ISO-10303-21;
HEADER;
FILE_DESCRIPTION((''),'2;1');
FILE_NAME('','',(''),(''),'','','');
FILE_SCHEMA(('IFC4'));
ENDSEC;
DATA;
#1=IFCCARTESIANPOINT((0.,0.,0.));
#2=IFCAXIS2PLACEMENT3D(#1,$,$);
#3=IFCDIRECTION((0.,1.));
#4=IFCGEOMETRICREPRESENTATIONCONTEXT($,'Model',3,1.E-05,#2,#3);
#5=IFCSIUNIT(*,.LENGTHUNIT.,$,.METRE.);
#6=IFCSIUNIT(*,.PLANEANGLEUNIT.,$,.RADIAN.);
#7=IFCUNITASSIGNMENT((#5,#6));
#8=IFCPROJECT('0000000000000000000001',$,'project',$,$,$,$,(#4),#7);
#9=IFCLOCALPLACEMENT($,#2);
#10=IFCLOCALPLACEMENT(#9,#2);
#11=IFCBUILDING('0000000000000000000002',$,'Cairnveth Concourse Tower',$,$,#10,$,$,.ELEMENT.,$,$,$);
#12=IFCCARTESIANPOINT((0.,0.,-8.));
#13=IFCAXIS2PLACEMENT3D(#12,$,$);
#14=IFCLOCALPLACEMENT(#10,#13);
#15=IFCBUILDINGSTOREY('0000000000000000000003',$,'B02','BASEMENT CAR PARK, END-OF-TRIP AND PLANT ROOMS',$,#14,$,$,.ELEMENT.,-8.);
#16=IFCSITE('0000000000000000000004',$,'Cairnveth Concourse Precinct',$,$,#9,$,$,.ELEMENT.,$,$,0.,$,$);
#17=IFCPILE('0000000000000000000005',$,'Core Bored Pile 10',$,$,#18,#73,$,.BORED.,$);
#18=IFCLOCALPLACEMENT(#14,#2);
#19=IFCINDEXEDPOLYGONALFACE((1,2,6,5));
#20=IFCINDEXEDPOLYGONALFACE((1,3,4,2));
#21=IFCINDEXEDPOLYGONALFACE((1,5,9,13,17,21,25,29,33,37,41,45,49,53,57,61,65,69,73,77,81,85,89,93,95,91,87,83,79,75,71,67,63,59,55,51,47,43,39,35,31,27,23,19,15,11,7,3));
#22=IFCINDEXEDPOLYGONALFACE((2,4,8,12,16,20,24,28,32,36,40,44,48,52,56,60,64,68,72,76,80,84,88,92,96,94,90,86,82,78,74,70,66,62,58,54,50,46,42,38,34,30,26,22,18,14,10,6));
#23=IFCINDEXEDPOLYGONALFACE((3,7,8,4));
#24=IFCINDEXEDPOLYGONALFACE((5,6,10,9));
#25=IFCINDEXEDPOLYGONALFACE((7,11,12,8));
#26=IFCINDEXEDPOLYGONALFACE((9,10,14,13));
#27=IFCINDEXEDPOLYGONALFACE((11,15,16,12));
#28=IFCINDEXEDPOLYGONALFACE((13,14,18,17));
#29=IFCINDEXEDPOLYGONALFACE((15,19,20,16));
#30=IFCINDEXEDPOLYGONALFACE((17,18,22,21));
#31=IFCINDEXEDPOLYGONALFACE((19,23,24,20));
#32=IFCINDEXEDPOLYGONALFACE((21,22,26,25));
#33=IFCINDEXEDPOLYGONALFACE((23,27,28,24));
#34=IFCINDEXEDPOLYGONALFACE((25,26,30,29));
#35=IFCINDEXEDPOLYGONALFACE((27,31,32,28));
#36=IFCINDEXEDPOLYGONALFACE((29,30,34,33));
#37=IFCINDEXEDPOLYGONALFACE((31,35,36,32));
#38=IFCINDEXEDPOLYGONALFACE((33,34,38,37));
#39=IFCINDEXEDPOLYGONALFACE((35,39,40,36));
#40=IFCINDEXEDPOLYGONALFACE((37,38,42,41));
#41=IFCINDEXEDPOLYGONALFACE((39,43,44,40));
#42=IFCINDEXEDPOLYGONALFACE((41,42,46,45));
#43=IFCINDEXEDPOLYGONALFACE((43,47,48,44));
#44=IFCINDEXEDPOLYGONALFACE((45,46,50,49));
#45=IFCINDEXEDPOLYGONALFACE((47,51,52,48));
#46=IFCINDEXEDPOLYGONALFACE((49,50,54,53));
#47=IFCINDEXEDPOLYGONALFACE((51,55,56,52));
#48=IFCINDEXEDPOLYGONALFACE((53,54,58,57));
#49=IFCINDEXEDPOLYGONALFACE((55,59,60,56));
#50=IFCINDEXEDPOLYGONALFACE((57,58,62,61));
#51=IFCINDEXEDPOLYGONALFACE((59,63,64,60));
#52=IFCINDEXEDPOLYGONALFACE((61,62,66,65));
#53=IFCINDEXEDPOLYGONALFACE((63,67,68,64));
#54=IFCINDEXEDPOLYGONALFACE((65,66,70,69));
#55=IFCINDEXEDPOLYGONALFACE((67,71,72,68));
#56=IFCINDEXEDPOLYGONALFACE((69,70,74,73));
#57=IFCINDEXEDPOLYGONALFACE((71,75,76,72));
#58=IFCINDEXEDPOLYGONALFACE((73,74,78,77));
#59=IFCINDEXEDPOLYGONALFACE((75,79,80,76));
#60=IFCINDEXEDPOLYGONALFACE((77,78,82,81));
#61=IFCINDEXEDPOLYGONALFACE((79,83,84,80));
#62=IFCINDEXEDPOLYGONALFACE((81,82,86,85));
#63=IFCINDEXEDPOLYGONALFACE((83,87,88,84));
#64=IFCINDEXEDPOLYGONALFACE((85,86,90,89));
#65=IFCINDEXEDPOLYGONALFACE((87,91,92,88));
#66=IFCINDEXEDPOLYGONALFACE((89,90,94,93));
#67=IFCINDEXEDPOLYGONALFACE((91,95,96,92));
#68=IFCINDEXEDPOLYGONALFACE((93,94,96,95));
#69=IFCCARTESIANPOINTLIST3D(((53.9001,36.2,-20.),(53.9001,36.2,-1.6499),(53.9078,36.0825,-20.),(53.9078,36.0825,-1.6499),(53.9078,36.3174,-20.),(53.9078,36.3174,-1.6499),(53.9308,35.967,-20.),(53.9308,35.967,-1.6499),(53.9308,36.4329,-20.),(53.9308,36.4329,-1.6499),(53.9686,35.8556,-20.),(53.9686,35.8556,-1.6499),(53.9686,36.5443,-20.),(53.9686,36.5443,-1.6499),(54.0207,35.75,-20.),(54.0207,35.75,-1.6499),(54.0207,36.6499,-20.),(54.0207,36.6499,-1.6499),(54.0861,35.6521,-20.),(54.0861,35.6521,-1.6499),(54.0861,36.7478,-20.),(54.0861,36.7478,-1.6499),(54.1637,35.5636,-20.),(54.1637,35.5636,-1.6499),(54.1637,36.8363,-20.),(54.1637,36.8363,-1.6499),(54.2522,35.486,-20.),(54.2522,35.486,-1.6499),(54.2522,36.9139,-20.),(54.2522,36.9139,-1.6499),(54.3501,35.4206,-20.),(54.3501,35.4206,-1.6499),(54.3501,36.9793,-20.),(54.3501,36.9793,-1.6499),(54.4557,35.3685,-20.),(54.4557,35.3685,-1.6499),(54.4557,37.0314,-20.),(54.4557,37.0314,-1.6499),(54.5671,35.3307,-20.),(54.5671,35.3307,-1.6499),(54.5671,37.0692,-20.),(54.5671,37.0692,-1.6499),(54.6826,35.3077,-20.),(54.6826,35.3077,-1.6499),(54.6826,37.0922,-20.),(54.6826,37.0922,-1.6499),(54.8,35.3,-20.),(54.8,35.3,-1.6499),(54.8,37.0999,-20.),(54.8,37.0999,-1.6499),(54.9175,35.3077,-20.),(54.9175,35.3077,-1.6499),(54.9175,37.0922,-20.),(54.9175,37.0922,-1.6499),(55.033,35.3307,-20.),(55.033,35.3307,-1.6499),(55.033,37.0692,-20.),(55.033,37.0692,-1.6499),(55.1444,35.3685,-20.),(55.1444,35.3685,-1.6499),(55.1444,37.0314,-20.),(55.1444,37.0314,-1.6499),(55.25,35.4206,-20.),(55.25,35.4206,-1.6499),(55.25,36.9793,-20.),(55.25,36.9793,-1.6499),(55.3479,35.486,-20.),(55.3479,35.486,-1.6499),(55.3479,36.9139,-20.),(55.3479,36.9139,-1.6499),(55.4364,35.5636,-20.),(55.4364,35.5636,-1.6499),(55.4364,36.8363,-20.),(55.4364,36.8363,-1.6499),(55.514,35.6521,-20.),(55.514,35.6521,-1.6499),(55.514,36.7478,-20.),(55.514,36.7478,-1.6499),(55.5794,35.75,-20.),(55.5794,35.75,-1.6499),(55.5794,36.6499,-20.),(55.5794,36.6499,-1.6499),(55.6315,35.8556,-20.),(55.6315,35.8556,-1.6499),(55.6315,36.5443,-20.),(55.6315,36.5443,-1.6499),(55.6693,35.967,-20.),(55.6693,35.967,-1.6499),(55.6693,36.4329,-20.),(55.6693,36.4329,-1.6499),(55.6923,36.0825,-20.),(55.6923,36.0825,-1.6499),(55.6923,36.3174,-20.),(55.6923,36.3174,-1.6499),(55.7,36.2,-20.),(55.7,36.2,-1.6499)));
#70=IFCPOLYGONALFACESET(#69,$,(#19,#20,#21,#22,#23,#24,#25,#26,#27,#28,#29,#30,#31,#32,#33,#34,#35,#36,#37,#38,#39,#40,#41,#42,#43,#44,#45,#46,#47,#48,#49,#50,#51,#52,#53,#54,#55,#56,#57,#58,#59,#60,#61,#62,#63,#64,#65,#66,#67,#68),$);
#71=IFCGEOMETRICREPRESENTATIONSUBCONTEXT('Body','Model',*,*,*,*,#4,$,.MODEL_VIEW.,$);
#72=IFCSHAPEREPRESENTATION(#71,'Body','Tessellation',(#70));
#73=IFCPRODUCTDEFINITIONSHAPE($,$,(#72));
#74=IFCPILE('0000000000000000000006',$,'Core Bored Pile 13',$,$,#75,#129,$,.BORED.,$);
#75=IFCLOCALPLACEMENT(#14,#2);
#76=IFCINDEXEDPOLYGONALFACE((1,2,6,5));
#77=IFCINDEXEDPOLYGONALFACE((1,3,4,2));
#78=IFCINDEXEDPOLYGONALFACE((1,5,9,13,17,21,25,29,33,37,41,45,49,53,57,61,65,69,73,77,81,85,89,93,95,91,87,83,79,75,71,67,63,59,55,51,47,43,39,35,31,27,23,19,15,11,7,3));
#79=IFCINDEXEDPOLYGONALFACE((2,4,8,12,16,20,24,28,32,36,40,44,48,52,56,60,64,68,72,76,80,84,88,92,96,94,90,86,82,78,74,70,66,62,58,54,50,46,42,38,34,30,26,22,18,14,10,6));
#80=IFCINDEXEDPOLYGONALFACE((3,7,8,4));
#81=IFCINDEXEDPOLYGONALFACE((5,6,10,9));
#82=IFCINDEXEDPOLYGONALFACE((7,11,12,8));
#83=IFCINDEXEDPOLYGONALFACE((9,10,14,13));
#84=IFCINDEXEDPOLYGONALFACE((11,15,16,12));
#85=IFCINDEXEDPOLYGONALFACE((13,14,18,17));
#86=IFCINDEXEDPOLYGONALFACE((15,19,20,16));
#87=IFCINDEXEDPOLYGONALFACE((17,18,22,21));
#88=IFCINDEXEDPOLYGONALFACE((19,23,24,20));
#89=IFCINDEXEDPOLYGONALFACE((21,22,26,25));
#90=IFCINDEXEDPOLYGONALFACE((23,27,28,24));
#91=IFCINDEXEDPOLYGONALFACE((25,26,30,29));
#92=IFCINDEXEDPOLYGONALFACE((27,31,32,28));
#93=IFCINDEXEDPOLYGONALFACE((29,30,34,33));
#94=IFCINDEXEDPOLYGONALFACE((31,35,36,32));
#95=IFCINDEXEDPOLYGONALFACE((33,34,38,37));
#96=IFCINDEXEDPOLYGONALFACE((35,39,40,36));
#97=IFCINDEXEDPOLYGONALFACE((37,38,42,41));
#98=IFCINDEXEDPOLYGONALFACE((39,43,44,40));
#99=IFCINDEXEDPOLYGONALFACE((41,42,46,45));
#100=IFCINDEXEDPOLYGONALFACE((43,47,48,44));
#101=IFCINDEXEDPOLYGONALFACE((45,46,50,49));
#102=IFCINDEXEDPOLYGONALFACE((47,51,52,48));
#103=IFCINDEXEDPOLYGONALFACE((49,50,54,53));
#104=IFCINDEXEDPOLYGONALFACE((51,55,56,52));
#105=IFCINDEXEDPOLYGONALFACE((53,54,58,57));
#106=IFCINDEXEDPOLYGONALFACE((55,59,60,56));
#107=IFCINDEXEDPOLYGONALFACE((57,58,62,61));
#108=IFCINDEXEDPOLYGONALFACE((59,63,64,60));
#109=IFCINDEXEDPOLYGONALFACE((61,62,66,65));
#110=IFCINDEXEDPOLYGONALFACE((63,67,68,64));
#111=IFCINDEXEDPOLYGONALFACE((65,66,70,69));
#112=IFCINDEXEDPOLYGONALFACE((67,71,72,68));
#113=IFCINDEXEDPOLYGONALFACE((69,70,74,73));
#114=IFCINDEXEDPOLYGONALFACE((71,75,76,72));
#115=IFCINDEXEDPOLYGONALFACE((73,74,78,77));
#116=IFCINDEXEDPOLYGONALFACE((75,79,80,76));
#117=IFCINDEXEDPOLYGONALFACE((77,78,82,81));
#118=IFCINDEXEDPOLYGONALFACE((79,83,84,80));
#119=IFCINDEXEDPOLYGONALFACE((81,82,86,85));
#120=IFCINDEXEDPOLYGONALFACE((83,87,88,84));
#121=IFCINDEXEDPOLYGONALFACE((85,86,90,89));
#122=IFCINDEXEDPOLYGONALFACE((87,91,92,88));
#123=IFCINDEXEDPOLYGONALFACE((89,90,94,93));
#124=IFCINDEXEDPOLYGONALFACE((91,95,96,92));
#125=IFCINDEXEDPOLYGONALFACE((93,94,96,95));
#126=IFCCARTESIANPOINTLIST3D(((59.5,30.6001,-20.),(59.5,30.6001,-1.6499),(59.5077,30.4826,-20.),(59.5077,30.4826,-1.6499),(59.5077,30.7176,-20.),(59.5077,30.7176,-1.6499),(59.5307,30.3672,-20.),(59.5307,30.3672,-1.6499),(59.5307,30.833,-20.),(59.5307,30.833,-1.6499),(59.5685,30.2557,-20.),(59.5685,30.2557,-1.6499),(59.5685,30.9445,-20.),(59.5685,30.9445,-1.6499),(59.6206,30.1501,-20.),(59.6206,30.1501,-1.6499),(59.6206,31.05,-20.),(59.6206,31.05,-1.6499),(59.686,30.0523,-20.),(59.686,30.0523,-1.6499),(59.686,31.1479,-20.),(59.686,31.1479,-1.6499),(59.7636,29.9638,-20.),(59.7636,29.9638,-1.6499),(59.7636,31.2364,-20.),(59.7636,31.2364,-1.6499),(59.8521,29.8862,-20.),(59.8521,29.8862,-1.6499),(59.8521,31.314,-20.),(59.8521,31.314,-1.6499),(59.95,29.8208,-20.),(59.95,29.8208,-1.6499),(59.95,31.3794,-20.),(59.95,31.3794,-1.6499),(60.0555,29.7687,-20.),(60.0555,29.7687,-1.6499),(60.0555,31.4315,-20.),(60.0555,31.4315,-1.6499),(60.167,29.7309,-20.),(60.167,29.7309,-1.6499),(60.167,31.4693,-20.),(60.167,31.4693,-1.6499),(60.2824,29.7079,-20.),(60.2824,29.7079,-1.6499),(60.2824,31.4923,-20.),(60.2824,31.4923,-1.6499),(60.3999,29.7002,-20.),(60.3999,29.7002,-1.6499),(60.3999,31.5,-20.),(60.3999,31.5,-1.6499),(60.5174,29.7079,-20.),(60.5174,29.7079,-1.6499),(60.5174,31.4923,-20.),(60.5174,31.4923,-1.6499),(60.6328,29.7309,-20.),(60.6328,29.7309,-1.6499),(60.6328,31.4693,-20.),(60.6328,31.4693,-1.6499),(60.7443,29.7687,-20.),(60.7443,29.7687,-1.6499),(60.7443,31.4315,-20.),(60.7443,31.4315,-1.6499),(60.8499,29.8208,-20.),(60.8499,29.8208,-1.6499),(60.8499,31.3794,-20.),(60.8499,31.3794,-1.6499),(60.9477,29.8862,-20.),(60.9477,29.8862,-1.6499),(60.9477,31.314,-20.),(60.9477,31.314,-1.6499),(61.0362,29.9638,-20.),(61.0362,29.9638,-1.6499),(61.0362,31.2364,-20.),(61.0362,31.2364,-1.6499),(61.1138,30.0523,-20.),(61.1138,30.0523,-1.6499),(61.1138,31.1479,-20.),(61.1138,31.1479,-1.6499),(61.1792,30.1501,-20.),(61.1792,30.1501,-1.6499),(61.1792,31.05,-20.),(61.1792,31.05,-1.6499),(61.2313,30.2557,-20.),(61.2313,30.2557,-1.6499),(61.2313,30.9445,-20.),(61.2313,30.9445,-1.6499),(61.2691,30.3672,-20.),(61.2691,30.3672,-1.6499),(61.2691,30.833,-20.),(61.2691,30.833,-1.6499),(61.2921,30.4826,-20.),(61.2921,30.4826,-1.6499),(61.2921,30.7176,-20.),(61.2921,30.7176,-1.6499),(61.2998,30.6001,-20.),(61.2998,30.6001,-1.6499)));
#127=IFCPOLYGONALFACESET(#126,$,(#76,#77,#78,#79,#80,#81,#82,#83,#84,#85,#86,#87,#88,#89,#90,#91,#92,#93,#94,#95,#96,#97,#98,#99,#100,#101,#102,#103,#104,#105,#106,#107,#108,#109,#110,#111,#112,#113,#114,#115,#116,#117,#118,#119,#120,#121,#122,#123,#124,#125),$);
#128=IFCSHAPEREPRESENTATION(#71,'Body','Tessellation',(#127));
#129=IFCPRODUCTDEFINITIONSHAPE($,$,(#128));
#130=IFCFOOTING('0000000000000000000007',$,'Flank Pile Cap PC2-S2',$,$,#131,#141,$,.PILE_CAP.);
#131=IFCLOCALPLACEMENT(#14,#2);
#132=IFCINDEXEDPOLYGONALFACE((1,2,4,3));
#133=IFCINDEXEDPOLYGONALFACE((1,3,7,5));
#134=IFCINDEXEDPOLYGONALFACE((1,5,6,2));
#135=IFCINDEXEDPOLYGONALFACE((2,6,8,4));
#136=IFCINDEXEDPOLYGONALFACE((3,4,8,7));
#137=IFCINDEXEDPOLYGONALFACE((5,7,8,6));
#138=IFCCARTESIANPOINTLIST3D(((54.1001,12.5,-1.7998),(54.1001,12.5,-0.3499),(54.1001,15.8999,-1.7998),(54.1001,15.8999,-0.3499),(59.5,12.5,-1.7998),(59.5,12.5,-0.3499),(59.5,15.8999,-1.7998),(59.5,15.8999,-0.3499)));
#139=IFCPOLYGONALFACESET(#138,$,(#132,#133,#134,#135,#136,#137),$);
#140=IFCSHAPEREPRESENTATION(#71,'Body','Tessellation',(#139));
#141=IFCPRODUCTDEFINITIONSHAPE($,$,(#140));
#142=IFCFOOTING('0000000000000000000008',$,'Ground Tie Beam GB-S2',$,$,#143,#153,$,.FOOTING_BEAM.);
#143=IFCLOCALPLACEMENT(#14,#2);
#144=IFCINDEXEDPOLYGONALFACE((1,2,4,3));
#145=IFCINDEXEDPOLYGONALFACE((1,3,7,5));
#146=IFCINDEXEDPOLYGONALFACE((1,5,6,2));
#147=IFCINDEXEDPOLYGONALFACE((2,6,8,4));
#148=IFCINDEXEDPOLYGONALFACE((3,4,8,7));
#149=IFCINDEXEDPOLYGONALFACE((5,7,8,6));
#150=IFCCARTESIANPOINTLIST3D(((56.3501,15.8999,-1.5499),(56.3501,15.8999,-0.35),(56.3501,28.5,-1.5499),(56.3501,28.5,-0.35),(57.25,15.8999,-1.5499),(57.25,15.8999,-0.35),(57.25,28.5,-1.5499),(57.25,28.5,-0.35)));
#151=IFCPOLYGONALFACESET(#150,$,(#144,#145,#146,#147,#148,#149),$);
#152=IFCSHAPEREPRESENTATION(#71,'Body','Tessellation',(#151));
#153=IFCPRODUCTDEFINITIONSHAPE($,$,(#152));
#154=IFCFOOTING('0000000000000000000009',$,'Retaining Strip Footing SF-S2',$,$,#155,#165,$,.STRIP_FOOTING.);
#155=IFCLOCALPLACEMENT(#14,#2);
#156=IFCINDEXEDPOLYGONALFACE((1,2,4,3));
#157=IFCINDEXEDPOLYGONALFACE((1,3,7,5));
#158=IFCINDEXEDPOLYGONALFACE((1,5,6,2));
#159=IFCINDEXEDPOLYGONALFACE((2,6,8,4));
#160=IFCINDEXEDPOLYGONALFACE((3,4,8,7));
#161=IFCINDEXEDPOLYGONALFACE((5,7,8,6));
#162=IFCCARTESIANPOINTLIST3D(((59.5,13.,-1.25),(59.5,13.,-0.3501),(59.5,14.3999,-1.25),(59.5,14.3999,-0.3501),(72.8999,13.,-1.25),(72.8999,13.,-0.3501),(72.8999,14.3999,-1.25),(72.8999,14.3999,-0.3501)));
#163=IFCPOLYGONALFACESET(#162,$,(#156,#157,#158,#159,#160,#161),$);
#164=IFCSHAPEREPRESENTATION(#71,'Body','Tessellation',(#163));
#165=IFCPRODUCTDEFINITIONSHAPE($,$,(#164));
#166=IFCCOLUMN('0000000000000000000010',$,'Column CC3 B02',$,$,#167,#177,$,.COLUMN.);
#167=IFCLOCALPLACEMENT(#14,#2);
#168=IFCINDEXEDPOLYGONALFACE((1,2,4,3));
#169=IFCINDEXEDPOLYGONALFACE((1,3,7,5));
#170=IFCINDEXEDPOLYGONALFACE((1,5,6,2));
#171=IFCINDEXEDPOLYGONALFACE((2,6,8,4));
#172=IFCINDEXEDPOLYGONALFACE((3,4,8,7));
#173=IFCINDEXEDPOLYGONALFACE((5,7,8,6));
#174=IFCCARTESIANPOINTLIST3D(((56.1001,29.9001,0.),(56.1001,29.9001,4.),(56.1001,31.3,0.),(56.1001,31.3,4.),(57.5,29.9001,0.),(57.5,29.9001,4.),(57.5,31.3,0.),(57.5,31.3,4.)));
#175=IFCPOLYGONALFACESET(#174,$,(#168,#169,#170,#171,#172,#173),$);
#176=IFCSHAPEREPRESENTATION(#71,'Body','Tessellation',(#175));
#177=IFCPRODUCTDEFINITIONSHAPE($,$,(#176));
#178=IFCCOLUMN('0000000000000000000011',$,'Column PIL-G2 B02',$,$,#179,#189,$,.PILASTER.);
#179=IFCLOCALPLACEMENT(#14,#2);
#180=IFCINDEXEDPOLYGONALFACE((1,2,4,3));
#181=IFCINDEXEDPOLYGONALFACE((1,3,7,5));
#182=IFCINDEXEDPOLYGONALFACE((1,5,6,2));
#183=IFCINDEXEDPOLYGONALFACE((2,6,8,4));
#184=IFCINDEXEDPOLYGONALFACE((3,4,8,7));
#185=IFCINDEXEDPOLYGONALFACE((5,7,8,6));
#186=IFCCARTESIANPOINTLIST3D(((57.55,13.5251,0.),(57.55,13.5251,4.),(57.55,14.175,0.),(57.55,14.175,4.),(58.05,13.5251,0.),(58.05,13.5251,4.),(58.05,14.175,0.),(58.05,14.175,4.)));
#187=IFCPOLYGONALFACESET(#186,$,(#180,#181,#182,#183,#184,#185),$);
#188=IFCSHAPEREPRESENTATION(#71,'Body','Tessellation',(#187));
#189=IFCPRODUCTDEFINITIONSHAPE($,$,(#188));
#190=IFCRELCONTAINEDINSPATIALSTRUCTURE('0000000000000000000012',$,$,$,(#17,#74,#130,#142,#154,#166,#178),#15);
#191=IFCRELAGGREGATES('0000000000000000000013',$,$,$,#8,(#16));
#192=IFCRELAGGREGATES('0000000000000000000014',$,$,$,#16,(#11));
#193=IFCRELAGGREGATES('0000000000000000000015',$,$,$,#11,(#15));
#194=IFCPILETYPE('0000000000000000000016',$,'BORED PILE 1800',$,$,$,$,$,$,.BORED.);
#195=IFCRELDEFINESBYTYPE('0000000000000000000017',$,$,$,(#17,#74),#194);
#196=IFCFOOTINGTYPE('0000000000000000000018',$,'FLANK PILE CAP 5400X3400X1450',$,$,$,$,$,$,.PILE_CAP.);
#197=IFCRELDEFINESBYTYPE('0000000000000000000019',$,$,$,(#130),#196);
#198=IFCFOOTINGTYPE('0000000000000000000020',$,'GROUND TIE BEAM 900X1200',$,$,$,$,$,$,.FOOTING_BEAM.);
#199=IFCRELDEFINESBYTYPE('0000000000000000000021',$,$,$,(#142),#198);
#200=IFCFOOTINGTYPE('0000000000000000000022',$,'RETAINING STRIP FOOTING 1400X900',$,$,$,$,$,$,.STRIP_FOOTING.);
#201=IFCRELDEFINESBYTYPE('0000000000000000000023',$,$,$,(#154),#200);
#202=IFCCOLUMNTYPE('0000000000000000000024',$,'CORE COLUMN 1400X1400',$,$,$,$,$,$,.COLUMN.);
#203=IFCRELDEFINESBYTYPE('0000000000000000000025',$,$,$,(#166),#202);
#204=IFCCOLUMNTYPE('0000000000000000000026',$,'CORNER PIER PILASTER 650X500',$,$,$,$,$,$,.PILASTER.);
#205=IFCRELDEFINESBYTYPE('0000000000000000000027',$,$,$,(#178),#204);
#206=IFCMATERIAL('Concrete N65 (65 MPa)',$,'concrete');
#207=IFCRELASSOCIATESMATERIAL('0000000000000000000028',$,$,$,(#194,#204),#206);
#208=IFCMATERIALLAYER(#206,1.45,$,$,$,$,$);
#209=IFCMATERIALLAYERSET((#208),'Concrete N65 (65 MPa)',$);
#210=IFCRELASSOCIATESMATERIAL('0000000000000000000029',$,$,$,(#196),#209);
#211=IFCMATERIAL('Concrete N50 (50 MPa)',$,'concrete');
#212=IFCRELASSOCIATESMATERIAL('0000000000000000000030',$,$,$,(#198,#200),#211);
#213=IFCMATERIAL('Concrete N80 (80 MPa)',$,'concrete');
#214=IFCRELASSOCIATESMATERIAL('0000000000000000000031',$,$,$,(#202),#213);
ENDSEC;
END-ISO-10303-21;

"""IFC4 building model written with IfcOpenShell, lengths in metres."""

from ifc_helpers import new_model, si_unit, direction, frame, origin, origin_2d, place, context, subcontext, project, spatial, rectangle, circle, extrude, material, layer, layer_set, material_profile, profile_set, type_object, element, save


model = new_model("IFC4")

# Units and contexts
model_context = context("Model", 3, precision=1e-05, world=origin(), true_north=direction((0.0, 1.0)))
body_context = subcontext(model_context, "Body", "Model", "MODEL_VIEW")
ifc_project = project(units=[si_unit("LENGTHUNIT", "METRE"), si_unit("PLANEANGLEUNIT", "RADIAN")], contexts=[model_context])

# Site, building, storey
site_placement = place(None, origin())
site = spatial("IfcSite", under=ifc_project, at=site_placement, Name="Cairnveth Concourse Precinct", CompositionType="ELEMENT", RefElevation=0.0)
building_placement = place(site_placement, origin())
building = spatial("IfcBuilding", under=site, at=building_placement, Name="Cairnveth Concourse Tower", CompositionType="ELEMENT")
storey_placement = place(building_placement, frame((0.0, 0.0, -8.0)))
storey = spatial("IfcBuildingStorey", under=building, at=storey_placement, Name="B02", Description="BASEMENT CAR PARK, END-OF-TRIP AND PLANT ROOMS", CompositionType="ELEMENT", Elevation=-8.0)

# Piles
ifc_material_1 = material(Name="Concrete N50 (50 MPa)", Category="concrete")
ifc_material_2 = material(Name="Concrete N65 (65 MPa)", Category="concrete")
ifc_material_profile_1 = material_profile(ifc_material_2, circle(Radius=0.8999, at=origin_2d()), Name="PILE-1800")
ifc_profile_set_1 = profile_set([ifc_material_profile_1], Name="Concrete N65 (65 MPa)")
pile_type_1 = type_object("IfcPileType", Name="BORED PILE 1800", PredefinedType="BORED", material=ifc_profile_set_1)
for number, where, z_axis, x_axis, name in (
    (1, (54.8, 36.2, -1.6499), (0.0, 0.0, -1.0), (1.0, 0.0, 0.0), "Core Bored Pile 10"),
    (2, (60.3999, 30.6001, -1.6499), (0.0, 0.0, -1.0), (1.0, 0.0, 0.0), "Core Bored Pile 13"),
):
    element("IfcPile", number, at=place(storey_placement, frame(where, z_axis=z_axis, x_axis=x_axis)), inside=storey, type_object=pile_type_1, Name=name, PredefinedType="BORED", context=body_context, shape_type="SweptSolid", body=[
        extrude(circle(Radius=0.8999, at=origin_2d()), origin(), (0.0, 0.0, 1.0), 18.3501),
    ])

# Footings
ifc_layer_1 = layer(ifc_material_2, 1.45)
ifc_layer_set_1 = layer_set([ifc_layer_1], Name="Concrete N65 (65 MPa)")
footing_type_1 = type_object("IfcFootingType", Name="FLANK PILE CAP 5400X3400X1450", PredefinedType="PILE_CAP", material=ifc_layer_set_1)
footing_1_placement = place(storey_placement, frame((56.8, 14.2, -1.7998), z_axis=(0.0, 0.0, 1.0), x_axis=(1.0, 0.0, 0.0)))
element("IfcFooting", 3, at=footing_1_placement, inside=storey, type_object=footing_type_1, Name="Flank Pile Cap PC2-S2", PredefinedType="PILE_CAP", context=body_context, shape_type="SweptSolid", body=[
    extrude(rectangle(XDim=5.3999, YDim=3.3999, at=origin_2d()), origin(), (0.0, 0.0, 1.0), 1.45),
])
ifc_material_profile_2 = material_profile(ifc_material_1, rectangle(XDim=0.8999, YDim=1.2, at=origin_2d()), Name="RC-GB-900x1200")
ifc_profile_set_2 = profile_set([ifc_material_profile_2], Name="Concrete N50 (50 MPa)")
footing_type_2 = type_object("IfcFootingType", Name="GROUND TIE BEAM 900X1200", PredefinedType="FOOTING_BEAM", material=ifc_profile_set_2)
footing_2_placement = place(storey_placement, frame((56.8, 15.8999, -0.95), z_axis=(0.0, 1.0, 0.0), x_axis=(-1.0, 0.0, 0.0)))
element("IfcFooting", 4, at=footing_2_placement, inside=storey, type_object=footing_type_2, Name="Ground Tie Beam GB-S2", PredefinedType="FOOTING_BEAM", context=body_context, shape_type="SweptSolid", body=[
    extrude(rectangle(XDim=0.8999, YDim=1.2, at=origin_2d()), origin(), (0.0, 0.0, 1.0), 12.6001),
])
ifc_material_profile_3 = material_profile(ifc_material_1, rectangle(XDim=1.3999, YDim=0.8999, at=origin_2d()), Name="SF-1400x900")
ifc_profile_set_3 = profile_set([ifc_material_profile_3], Name="Concrete N50 (50 MPa)")
footing_type_3 = type_object("IfcFootingType", Name="RETAINING STRIP FOOTING 1400X900", PredefinedType="STRIP_FOOTING", material=ifc_profile_set_3)
footing_3_placement = place(storey_placement, frame((59.5, 13.7, -0.8), z_axis=(1.0, 0.0, 0.0), x_axis=(0.0, 1.0, 0.0)))
element("IfcFooting", 5, at=footing_3_placement, inside=storey, type_object=footing_type_3, Name="Retaining Strip Footing SF-S2", PredefinedType="STRIP_FOOTING", context=body_context, shape_type="SweptSolid", body=[
    extrude(rectangle(XDim=1.3999, YDim=0.8999, at=origin_2d()), origin(), (0.0, 0.0, 1.0), 13.3999),
])

# Columns
ifc_material_3 = material(Name="Concrete N80 (80 MPa)", Category="concrete")
ifc_material_profile_4 = material_profile(ifc_material_3, rectangle(XDim=1.3999, YDim=1.3999, at=origin_2d()), Name="RC-COL-1400x1400")
ifc_profile_set_4 = profile_set([ifc_material_profile_4], Name="Concrete N80 (80 MPa)")
column_type_1 = type_object("IfcColumnType", Name="CORE COLUMN 1400X1400", PredefinedType="COLUMN", material=ifc_profile_set_4)
column_1_placement = place(storey_placement, frame((56.8, 30.6001, 0.0), z_axis=(0.0, 0.0, 1.0), x_axis=(1.0, 0.0, 0.0)))
element("IfcColumn", 6, at=column_1_placement, inside=storey, type_object=column_type_1, Name="Column CC3 B02", PredefinedType="COLUMN", context=body_context, shape_type="SweptSolid", body=[
    extrude(rectangle(XDim=1.3999, YDim=1.3999, at=origin_2d()), origin(), (0.0, 0.0, 1.0), 4.0),
])
ifc_material_profile_5 = material_profile(ifc_material_2, rectangle(XDim=0.5, YDim=0.6499, at=origin_2d()), Name="RC-PIL-650x500")
ifc_profile_set_5 = profile_set([ifc_material_profile_5], Name="Concrete N65 (65 MPa)")
column_type_2 = type_object("IfcColumnType", Name="CORNER PIER PILASTER 650X500", PredefinedType="PILASTER", material=ifc_profile_set_5)
column_2_placement = place(storey_placement, frame((57.8, 13.8501, 0.0), z_axis=(0.0, 0.0, 1.0), x_axis=(1.0, 0.0, 0.0)))
element("IfcColumn", 7, at=column_2_placement, inside=storey, type_object=column_type_2, Name="Column PIL-G2 B02", PredefinedType="PILASTER", context=body_context, shape_type="SweptSolid", body=[
    extrude(rectangle(XDim=0.5, YDim=0.6499, at=origin_2d()), origin(), (0.0, 0.0, 1.0), 4.0),
])

save(model, "model.ifc")
